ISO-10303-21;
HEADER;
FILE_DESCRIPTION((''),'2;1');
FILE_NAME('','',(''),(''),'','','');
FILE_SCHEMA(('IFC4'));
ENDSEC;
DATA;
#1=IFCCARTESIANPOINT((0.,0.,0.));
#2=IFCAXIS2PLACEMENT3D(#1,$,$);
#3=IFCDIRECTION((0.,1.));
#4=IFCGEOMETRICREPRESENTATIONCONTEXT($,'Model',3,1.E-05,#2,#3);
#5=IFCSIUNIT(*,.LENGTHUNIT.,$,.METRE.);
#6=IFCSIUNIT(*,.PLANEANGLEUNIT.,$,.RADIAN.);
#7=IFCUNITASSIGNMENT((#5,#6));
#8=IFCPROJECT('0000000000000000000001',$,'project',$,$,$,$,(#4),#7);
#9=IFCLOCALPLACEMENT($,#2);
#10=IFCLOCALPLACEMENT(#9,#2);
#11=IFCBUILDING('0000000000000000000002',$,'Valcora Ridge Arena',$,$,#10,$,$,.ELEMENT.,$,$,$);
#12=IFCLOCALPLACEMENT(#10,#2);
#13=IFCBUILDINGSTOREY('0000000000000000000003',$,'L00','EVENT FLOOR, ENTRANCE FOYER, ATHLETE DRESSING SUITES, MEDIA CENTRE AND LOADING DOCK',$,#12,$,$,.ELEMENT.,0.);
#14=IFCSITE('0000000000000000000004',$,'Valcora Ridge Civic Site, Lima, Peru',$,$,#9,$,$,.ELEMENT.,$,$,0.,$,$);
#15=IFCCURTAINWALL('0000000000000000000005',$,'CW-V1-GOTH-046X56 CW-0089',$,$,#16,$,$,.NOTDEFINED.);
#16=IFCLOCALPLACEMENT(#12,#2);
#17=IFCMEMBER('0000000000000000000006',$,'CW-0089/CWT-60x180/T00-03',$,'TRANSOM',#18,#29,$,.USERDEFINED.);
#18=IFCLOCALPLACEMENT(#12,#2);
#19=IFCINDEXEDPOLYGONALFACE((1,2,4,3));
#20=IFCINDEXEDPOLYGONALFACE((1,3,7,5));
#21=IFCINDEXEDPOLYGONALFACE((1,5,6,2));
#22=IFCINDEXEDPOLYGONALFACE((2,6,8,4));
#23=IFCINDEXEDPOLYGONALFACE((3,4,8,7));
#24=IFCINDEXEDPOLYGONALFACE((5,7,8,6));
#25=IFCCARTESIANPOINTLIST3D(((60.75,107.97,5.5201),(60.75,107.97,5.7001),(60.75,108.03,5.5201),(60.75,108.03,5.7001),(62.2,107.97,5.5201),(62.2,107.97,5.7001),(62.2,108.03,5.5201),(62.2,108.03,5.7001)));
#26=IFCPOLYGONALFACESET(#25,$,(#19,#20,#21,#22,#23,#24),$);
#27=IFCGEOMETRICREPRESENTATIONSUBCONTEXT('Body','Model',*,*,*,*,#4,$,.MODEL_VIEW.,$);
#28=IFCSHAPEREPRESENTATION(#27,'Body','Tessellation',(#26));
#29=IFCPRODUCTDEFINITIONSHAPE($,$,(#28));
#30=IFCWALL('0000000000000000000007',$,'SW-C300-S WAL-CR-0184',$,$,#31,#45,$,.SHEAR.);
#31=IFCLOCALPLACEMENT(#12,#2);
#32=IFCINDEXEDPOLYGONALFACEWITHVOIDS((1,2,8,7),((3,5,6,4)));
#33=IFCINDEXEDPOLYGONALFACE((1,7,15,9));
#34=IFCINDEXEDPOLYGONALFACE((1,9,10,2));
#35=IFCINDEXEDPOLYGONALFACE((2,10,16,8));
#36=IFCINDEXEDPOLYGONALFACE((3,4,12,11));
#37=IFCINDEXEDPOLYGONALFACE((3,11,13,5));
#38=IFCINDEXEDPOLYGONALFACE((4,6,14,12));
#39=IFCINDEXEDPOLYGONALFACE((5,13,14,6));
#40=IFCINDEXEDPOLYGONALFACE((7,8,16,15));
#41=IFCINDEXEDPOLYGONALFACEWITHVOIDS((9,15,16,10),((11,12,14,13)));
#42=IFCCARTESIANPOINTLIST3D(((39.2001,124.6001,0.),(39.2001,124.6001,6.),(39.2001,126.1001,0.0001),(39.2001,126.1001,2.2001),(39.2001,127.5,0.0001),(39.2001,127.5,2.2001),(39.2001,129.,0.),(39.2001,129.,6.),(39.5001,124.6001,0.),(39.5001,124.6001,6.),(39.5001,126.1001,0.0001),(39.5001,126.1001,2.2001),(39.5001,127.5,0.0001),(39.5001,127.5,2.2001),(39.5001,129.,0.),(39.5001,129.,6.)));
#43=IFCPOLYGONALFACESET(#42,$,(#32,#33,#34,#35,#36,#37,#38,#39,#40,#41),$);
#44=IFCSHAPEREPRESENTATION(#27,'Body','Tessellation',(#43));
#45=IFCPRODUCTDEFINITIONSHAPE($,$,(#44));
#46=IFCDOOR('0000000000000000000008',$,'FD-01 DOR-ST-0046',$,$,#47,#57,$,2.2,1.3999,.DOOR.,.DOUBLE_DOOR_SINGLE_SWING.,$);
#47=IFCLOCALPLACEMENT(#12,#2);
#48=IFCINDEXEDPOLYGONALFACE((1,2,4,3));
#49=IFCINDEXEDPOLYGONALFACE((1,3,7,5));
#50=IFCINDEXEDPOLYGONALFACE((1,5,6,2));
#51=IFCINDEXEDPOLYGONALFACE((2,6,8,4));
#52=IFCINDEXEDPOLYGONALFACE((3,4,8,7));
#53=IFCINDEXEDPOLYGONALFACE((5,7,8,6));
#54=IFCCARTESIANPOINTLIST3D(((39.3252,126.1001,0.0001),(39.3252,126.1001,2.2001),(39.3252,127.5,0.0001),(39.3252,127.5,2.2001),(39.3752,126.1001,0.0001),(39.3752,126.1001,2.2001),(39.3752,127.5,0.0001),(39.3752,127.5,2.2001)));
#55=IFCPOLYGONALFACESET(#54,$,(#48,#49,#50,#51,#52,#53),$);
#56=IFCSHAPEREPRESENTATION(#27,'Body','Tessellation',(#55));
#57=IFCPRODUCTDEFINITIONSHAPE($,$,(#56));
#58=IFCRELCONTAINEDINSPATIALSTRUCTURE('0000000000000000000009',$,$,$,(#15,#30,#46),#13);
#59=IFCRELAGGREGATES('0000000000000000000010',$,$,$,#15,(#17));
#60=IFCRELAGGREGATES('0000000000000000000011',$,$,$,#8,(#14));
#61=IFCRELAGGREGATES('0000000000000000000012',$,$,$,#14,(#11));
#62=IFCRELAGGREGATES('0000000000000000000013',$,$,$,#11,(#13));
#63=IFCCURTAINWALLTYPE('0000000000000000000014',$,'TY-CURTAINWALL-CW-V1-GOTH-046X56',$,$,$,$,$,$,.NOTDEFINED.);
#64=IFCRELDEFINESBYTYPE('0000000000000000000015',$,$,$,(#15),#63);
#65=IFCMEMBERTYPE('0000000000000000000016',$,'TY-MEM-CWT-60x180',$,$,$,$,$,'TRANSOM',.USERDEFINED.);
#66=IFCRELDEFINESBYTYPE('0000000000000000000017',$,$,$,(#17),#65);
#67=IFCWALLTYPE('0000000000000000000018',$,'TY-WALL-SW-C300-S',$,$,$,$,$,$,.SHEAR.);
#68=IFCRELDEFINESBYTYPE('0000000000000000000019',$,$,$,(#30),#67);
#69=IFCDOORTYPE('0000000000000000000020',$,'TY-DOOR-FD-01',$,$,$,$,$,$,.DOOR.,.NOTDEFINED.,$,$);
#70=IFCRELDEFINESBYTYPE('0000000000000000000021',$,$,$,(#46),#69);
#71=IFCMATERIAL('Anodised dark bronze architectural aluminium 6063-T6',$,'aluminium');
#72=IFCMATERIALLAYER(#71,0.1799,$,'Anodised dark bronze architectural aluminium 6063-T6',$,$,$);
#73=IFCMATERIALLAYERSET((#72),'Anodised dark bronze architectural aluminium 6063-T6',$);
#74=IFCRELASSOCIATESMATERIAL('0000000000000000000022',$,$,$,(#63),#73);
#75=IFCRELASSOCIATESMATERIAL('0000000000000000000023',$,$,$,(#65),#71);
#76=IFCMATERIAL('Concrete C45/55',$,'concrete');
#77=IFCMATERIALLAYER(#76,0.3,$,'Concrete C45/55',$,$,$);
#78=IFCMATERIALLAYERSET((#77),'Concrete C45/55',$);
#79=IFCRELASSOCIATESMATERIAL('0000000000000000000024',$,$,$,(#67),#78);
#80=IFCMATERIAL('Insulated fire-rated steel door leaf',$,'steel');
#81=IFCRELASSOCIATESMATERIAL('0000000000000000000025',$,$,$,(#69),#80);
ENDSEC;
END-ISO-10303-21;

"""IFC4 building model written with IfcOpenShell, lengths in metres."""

from ifc_helpers import new_model, si_unit, direction, frame, frame_2d, origin, origin_2d, place, context, subcontext, project, spatial, rectangle, extrude, material, layer, layer_set, material_profile, profile_set, type_object, element, fill, aggregate, save


model = new_model("IFC4")

# Units and contexts
model_context = context("Model", 3, precision=1e-05, world=origin(), true_north=direction((0.0, 1.0)))
body_context = subcontext(model_context, "Body", "Model", "MODEL_VIEW")
ifc_project = project(units=[si_unit("LENGTHUNIT", "METRE"), si_unit("PLANEANGLEUNIT", "RADIAN")], contexts=[model_context])

# Site, building, storey
site_placement = place(None, origin())
site = spatial("IfcSite", under=ifc_project, at=site_placement, Name="Valcora Ridge Civic Site, Lima, Peru", CompositionType="ELEMENT", RefElevation=0.0)
building_placement = place(site_placement, origin())
building = spatial("IfcBuilding", under=site, at=building_placement, Name="Valcora Ridge Arena", CompositionType="ELEMENT")
storey_placement = place(building_placement, origin())
storey = spatial("IfcBuildingStorey", under=building, at=storey_placement, Name="L00", Description="EVENT FLOOR, ENTRANCE FOYER, ATHLETE DRESSING SUITES, MEDIA CENTRE AND LOADING DOCK", CompositionType="ELEMENT", Elevation=0.0)

# Curtain wall, member
ifc_material_1 = material(Name="Anodised dark bronze architectural aluminium 6063-T6", Category="aluminium")
ifc_layer_1 = layer(ifc_material_1, 0.1799, Name="Anodised dark bronze architectural aluminium 6063-T6")
ifc_layer_set_1 = layer_set([ifc_layer_1], Name="Anodised dark bronze architectural aluminium 6063-T6")
curtain_wall_type = type_object("IfcCurtainWallType", Name="TY-CURTAINWALL-CW-V1-GOTH-046X56", PredefinedType="NOTDEFINED", material=ifc_layer_set_1)
curtain_wall_placement = place(storey_placement, origin())
curtain_wall = element("IfcCurtainWall", 1, at=curtain_wall_placement, inside=storey, type_object=curtain_wall_type, Name="CW-V1-GOTH-046X56 CW-0089", PredefinedType="NOTDEFINED")
ifc_material_profile_1 = material_profile(ifc_material_1, rectangle(XDim=0.0601, YDim=0.1799, at=origin_2d()), Name="ALU TRANSOM 60x180")
ifc_profile_set_1 = profile_set([ifc_material_profile_1], Name="Anodised dark bronze architectural aluminium 6063-T6")
member_type = type_object("IfcMemberType", Name="TY-MEM-CWT-60x180", ElementType="TRANSOM", PredefinedType="USERDEFINED", material=ifc_profile_set_1)
member_placement = place(storey_placement, frame((60.75, 108.0, 5.6101), z_axis=(1.0, 0.0, 0.0), x_axis=(0.0, 1.0, 0.0)))
member = element("IfcMember", 2, at=member_placement, type_object=member_type, Name="CW-0089/CWT-60x180/T00-03", ObjectType="TRANSOM", PredefinedType="USERDEFINED", context=body_context, shape_type="SweptSolid", body=[
    extrude(rectangle(XDim=0.0601, YDim=0.1799, at=origin_2d()), origin(), (0.0, 0.0, 1.0), 1.45),
])
aggregate(curtain_wall, [member])

# Wall, opening, door
ifc_material_2 = material(Name="Concrete C45/55", Category="concrete")
ifc_layer_2 = layer(ifc_material_2, 0.3, Name="Concrete C45/55")
ifc_layer_set_2 = layer_set([ifc_layer_2], Name="Concrete C45/55")
wall_type_1 = type_object("IfcWallType", Name="TY-WALL-SW-C300-S", PredefinedType="SHEAR", material=ifc_layer_set_2)
wall_1_placement = place(storey_placement, frame((39.3501, 124.6001, 0.0), z_axis=(0.0, 0.0, 1.0), x_axis=(0.0, 1.0, 0.0)))
wall_1 = element("IfcWall", 3, at=wall_1_placement, inside=storey, type_object=wall_type_1, Name="SW-C300-S WAL-CR-0184", PredefinedType="SHEAR", context=body_context, shape_type="SweptSolid", body=[
    extrude(rectangle(XDim=4.3999, YDim=0.3, at=frame_2d((2.2, 0.0))), origin(), (0.0, 0.0, 1.0), 6.0),
])
opening_1_placement = place(wall_1_placement, frame((1.5, 0.0, 0.0)))
opening_1 = element("IfcOpeningElement", 4, at=opening_1_placement, cuts=wall_1, PredefinedType="OPENING", context=body_context, shape_type="SweptSolid", body=[
    extrude(rectangle(XDim=1.3999, YDim=2.2, at=frame_2d((0.7, 1.1001))), frame((0.0, 0.1599, 0.0), z_axis=(0.0, -1.0, 0.0), x_axis=(1.0, 0.0, 0.0)), (0.0, 0.0, 1.0), 0.3201),
])
ifc_material_3 = material(Name="Insulated fire-rated steel door leaf", Category="steel")
door_type = type_object("IfcDoorType", Name="TY-DOOR-FD-01", OperationType="NOTDEFINED", PredefinedType="DOOR", material=ifc_material_3)
door_placement = place(opening_1_placement, origin())
door = element("IfcDoor", 5, at=door_placement, inside=storey, type_object=door_type, Name="FD-01 DOR-ST-0046", OperationType="DOUBLE_DOOR_SINGLE_SWING", OverallHeight=2.2, OverallWidth=1.3999, PredefinedType="DOOR", context=body_context, shape_type="SweptSolid", body=[
    extrude(rectangle(XDim=1.3999, YDim=2.2, at=frame_2d((0.7, 1.1001))), frame((0.0, 0.0249, 0.0), z_axis=(0.0, -1.0, 0.0), x_axis=(1.0, 0.0, 0.0)), (0.0, 0.0, 1.0), 0.05),
])
fill(opening_1, door)

save(model, "model.ifc")
